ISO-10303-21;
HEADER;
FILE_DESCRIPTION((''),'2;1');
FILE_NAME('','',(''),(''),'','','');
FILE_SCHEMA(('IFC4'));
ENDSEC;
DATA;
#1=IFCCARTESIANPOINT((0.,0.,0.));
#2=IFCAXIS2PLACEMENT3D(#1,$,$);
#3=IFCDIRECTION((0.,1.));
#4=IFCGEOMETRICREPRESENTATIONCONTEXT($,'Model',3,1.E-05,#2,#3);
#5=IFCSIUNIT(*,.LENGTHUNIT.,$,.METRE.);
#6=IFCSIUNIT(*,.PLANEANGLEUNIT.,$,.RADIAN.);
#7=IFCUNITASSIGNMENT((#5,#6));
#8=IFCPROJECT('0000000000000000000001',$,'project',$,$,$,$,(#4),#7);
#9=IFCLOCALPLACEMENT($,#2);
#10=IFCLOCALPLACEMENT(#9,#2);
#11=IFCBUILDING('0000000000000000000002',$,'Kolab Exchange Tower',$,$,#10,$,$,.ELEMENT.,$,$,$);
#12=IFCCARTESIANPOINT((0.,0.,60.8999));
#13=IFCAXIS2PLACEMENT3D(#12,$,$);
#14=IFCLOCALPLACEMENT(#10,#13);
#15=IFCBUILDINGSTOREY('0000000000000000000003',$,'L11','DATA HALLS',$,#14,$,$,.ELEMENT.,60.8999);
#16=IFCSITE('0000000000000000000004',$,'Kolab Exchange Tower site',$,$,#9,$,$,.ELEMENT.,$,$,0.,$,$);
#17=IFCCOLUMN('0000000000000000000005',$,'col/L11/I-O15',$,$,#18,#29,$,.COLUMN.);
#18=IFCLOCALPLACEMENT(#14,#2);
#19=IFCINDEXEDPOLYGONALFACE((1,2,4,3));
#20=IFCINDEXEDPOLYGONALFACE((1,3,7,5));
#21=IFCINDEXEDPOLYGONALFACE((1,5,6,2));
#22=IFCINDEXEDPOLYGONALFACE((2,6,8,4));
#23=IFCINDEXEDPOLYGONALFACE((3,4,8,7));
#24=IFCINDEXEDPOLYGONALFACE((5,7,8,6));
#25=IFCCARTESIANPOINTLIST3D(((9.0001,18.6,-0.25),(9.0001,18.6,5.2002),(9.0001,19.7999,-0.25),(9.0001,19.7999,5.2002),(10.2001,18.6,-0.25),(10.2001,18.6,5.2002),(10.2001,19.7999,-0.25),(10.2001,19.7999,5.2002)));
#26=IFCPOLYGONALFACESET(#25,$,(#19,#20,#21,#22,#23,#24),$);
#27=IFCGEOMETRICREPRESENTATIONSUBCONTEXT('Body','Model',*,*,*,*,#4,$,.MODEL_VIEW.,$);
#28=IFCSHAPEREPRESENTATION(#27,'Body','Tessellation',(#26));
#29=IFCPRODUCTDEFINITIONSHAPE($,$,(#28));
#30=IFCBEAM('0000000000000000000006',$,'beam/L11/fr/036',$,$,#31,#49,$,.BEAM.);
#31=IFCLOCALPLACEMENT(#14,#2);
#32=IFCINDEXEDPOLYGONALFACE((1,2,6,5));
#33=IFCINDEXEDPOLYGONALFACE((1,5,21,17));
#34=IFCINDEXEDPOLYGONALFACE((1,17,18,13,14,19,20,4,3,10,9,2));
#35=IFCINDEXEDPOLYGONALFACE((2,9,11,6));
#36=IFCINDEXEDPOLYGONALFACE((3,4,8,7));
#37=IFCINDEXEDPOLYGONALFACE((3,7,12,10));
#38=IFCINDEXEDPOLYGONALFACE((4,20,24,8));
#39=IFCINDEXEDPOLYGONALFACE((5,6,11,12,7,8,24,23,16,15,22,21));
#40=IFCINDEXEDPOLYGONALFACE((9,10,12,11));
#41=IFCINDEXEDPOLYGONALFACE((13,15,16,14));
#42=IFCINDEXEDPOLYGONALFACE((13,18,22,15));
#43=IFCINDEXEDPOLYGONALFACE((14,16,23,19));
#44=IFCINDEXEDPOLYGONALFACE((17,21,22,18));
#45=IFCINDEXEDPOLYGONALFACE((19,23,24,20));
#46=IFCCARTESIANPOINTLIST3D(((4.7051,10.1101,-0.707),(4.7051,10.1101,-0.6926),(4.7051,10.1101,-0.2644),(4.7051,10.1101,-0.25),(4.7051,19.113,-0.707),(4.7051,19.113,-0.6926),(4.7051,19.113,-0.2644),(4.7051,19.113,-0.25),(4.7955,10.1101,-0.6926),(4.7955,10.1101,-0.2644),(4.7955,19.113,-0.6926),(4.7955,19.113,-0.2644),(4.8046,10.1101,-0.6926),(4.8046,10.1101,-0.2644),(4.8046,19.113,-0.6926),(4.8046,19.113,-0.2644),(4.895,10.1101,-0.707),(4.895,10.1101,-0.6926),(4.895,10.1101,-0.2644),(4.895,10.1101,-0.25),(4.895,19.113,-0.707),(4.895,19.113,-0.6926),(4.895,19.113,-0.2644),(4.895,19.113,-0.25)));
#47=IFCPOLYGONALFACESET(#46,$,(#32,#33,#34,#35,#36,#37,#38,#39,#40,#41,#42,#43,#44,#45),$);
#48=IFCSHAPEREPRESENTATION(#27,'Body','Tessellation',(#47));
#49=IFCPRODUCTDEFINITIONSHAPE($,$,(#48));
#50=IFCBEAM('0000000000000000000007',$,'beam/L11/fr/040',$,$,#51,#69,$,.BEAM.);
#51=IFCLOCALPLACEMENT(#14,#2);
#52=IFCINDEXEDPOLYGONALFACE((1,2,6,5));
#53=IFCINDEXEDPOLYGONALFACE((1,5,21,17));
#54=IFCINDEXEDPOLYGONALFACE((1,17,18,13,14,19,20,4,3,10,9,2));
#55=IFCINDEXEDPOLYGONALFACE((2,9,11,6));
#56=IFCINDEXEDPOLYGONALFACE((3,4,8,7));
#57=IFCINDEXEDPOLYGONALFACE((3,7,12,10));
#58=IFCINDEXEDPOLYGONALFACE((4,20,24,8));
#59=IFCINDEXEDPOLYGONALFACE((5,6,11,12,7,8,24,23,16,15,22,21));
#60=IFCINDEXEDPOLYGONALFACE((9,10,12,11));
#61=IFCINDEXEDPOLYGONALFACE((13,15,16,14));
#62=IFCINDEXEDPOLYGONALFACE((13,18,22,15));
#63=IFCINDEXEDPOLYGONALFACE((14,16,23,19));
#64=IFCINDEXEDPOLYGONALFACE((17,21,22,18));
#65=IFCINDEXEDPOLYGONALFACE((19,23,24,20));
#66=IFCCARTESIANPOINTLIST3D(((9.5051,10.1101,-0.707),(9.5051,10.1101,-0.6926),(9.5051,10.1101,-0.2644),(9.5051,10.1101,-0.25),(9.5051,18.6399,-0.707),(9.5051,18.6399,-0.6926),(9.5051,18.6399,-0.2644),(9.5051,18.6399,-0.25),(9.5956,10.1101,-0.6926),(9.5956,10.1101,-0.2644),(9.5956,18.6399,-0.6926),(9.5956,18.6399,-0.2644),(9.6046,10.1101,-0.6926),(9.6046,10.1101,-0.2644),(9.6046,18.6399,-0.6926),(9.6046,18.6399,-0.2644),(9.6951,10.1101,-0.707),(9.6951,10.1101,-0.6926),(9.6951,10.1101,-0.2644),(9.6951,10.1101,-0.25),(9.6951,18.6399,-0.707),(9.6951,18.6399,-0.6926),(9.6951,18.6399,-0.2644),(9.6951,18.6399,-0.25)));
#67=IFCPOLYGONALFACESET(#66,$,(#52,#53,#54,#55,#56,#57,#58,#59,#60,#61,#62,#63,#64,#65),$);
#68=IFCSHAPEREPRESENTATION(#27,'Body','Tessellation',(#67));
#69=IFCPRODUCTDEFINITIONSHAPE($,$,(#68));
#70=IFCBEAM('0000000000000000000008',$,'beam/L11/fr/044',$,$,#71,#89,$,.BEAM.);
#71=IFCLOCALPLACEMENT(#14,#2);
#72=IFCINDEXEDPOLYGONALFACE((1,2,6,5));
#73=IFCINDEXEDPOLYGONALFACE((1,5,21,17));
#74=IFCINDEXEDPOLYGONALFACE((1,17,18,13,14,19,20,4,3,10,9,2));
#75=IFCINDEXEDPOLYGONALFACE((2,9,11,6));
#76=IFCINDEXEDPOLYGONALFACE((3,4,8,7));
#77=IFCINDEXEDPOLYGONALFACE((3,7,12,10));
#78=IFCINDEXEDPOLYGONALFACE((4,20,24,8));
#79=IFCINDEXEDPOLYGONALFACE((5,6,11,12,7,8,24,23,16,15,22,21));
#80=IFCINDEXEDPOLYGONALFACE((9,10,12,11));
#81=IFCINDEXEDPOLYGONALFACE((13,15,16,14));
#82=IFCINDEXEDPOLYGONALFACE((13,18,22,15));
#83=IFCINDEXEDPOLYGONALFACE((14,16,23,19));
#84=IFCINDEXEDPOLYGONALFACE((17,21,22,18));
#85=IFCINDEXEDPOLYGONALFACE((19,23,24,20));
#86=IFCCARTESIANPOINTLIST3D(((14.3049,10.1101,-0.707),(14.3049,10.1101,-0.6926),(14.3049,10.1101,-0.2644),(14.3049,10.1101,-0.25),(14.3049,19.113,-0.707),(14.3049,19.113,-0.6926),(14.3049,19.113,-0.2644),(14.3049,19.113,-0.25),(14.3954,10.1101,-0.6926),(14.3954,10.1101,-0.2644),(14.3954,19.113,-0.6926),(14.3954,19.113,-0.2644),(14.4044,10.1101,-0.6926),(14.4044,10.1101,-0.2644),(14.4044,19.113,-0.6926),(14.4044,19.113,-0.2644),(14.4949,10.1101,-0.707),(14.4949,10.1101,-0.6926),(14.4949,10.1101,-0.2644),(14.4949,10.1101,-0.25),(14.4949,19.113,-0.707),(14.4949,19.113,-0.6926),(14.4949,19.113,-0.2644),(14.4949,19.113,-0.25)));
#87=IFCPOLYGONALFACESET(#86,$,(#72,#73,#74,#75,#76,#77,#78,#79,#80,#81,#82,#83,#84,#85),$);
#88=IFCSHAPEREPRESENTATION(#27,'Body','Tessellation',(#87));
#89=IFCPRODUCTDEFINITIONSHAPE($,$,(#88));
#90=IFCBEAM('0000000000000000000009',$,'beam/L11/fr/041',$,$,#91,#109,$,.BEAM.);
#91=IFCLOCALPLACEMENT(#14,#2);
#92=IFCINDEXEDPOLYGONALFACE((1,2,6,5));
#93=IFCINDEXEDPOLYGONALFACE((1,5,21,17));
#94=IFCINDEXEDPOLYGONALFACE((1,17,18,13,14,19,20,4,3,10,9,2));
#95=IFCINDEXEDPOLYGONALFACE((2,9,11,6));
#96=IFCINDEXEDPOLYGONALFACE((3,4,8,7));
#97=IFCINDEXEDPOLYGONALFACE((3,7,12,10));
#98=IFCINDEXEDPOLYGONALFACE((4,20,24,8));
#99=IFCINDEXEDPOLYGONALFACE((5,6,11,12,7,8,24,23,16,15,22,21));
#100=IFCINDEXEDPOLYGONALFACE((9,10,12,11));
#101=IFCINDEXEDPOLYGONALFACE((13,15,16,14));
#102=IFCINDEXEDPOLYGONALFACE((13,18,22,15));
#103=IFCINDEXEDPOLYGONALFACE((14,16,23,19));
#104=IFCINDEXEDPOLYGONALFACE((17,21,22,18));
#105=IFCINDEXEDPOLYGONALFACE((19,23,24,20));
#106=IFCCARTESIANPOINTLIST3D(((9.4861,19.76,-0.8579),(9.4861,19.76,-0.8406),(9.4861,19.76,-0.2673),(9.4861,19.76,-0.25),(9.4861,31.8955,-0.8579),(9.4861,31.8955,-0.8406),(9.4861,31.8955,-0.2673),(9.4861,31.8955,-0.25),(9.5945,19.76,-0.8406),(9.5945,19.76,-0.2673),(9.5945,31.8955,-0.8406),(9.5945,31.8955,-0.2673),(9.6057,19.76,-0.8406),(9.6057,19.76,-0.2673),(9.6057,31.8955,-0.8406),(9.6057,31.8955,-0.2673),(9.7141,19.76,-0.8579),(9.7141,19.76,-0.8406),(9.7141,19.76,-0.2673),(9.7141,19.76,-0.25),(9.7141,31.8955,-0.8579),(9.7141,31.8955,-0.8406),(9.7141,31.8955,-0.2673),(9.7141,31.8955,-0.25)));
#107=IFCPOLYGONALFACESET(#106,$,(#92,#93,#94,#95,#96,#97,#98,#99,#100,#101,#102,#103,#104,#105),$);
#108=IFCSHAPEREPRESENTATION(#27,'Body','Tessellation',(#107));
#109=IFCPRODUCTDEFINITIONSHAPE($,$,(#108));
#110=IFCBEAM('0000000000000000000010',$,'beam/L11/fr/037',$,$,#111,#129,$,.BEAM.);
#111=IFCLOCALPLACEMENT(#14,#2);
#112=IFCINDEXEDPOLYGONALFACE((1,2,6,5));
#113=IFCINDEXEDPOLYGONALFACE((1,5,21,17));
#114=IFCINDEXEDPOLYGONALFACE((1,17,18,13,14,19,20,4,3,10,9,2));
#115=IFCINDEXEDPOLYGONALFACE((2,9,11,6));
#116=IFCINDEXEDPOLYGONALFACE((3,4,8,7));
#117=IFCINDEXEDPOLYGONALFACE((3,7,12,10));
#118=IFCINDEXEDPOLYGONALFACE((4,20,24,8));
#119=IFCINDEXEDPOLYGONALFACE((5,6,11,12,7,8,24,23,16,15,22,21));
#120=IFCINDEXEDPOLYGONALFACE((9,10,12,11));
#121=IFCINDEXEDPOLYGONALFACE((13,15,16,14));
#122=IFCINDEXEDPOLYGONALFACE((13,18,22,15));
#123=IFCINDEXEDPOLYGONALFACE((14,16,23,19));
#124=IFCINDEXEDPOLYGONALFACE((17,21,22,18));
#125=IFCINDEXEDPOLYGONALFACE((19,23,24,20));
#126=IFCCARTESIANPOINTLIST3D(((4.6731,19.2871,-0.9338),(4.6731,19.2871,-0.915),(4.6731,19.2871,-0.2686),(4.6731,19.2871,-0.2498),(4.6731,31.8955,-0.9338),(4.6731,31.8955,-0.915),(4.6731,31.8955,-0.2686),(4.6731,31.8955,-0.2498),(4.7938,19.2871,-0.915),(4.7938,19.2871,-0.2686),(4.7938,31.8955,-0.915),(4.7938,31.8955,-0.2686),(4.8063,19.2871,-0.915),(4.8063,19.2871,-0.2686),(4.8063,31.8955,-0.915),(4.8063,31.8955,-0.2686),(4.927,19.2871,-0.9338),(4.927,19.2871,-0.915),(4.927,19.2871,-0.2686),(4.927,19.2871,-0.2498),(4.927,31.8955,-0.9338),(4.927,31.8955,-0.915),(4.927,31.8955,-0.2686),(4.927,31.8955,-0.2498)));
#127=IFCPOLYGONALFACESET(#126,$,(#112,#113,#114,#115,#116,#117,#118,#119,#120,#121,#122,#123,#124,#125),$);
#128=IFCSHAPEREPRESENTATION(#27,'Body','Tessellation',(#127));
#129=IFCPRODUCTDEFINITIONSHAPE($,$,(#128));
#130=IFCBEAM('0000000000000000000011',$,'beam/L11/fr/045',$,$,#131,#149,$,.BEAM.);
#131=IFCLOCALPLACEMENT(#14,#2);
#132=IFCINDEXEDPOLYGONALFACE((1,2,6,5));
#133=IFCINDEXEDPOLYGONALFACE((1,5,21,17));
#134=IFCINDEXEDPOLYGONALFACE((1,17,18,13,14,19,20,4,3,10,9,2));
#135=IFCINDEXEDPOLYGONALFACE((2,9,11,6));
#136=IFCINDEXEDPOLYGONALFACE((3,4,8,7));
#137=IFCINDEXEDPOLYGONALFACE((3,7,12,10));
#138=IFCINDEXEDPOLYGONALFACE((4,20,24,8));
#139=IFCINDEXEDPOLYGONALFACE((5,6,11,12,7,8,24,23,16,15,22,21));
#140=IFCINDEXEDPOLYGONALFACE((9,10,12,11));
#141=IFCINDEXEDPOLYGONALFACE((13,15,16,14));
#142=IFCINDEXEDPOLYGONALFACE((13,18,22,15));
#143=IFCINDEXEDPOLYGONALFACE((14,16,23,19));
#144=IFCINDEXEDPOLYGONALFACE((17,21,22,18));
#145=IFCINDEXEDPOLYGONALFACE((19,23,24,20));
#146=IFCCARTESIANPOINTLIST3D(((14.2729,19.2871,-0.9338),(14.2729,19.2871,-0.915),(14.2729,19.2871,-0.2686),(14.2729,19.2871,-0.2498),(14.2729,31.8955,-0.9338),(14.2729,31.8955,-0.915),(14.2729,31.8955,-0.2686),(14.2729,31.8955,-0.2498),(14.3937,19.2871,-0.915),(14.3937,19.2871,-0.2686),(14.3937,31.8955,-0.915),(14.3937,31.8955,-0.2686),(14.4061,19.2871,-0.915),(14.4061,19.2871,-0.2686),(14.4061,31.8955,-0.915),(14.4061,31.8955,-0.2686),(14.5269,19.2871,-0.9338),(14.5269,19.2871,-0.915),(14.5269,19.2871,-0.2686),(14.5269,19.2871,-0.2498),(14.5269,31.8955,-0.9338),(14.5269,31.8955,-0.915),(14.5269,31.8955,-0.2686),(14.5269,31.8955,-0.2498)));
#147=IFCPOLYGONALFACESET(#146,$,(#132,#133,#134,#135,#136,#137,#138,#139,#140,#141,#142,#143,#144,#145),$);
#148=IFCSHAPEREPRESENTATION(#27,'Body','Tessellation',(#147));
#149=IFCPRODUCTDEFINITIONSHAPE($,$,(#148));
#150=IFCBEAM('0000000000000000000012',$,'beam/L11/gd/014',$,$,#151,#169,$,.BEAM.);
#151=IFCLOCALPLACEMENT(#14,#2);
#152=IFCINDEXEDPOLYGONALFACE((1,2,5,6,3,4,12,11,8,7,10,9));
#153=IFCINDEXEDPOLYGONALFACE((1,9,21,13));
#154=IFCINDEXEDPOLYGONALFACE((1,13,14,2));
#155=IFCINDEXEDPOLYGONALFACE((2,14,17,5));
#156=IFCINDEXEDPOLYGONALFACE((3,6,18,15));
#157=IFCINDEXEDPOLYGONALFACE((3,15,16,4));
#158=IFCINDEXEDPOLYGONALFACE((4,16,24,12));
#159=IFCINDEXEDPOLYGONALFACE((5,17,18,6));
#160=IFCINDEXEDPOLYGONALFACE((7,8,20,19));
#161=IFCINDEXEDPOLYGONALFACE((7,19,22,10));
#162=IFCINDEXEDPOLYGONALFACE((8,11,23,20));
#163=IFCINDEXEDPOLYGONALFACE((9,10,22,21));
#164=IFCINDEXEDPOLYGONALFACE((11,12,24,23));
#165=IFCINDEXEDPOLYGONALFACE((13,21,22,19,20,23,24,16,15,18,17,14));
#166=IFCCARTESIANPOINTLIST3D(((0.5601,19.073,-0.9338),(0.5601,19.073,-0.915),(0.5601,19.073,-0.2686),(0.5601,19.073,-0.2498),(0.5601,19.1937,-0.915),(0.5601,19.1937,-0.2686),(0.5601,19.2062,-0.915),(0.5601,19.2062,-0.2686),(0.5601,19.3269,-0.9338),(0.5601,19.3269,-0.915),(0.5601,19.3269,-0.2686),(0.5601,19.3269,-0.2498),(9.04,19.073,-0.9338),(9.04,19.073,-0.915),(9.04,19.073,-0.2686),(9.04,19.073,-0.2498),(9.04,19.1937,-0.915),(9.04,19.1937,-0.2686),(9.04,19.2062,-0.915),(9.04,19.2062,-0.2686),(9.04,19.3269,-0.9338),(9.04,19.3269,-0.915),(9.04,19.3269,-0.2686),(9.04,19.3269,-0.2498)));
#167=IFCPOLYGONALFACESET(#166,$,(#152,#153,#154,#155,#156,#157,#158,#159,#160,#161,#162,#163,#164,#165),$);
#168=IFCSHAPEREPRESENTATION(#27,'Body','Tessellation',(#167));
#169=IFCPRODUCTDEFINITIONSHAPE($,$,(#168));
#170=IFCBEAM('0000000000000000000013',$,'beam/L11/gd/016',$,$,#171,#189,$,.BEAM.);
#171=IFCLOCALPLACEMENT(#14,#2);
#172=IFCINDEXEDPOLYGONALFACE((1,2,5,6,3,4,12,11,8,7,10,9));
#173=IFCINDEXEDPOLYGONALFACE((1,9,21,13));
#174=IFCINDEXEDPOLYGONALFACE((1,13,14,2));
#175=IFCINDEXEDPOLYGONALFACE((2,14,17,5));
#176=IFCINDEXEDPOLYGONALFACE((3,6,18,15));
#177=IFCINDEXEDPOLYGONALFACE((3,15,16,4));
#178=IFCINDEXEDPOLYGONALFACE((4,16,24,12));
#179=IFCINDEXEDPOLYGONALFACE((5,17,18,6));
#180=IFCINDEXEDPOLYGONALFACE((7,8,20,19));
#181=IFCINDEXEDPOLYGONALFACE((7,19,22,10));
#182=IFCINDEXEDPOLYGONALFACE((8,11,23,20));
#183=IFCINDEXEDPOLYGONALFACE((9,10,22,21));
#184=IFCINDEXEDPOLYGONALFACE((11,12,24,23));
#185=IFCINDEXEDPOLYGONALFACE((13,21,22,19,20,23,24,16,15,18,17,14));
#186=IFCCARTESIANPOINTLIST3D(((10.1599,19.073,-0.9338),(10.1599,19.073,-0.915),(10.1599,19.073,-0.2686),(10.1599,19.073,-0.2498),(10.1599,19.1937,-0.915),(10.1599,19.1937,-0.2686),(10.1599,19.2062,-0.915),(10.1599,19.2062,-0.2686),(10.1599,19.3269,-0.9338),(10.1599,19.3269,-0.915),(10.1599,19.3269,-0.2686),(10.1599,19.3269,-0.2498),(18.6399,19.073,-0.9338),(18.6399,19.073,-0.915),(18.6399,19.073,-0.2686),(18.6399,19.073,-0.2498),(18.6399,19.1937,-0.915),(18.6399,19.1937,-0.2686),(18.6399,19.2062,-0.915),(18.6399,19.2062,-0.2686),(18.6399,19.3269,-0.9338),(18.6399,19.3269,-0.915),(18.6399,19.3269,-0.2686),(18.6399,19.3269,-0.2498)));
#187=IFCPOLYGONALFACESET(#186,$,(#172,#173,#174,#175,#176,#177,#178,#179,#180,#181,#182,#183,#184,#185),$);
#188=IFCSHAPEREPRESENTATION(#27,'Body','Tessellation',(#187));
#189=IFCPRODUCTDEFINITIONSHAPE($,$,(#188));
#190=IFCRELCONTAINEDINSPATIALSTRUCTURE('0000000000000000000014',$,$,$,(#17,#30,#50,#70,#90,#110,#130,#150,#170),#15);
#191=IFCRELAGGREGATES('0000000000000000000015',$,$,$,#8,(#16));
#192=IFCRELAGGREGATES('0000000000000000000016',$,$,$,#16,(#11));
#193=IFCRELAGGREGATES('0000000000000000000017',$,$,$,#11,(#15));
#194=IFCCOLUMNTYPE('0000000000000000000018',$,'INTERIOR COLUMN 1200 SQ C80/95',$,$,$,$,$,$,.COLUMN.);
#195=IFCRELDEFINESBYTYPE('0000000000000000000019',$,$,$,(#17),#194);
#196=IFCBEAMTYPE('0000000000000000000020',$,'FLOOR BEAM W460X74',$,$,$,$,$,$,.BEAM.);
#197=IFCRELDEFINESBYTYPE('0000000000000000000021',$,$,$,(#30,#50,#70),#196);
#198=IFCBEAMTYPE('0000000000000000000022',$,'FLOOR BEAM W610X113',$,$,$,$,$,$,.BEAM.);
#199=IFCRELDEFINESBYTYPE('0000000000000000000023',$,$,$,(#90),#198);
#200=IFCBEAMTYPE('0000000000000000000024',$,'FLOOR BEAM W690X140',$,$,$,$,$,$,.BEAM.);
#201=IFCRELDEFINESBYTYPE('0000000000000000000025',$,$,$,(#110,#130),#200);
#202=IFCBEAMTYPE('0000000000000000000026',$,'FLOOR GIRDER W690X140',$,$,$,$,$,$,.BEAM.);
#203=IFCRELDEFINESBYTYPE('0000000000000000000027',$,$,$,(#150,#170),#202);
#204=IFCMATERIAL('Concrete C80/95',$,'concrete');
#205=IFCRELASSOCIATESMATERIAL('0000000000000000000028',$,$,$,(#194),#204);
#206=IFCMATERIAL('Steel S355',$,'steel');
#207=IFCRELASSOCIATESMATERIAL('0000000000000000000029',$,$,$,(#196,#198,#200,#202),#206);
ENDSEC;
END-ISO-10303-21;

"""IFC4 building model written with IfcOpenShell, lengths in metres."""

from ifc_helpers import new_model, si_unit, direction, frame, origin, origin_2d, place, context, subcontext, project, spatial, rectangle, i_section, extrude, material, material_profile, profile_set, type_object, element, save


model = new_model("IFC4")

# Units and contexts
model_context = context("Model", 3, precision=1e-05, world=origin(), true_north=direction((0.0, 1.0)))
body_context = subcontext(model_context, "Body", "Model", "MODEL_VIEW")
ifc_project = project(units=[si_unit("LENGTHUNIT", "METRE"), si_unit("PLANEANGLEUNIT", "RADIAN")], contexts=[model_context])

# Site, building, storey
site_placement = place(None, origin())
site = spatial("IfcSite", under=ifc_project, at=site_placement, Name="Kolab Exchange Tower site", CompositionType="ELEMENT", RefElevation=0.0)
building_placement = place(site_placement, origin())
building = spatial("IfcBuilding", under=site, at=building_placement, Name="Kolab Exchange Tower", CompositionType="ELEMENT")
storey_placement = place(building_placement, frame((0.0, 0.0, 60.8999)))
storey = spatial("IfcBuildingStorey", under=building, at=storey_placement, Name="L11", Description="DATA HALLS", CompositionType="ELEMENT", Elevation=60.8999)

# Column
ifc_material_1 = material(Name="Concrete C80/95", Category="concrete")
ifc_material_profile_1 = material_profile(ifc_material_1, rectangle(XDim=1.2, YDim=1.2, at=origin_2d()), Name="RC1200")
ifc_profile_set_1 = profile_set([ifc_material_profile_1], Name="Concrete C80/95")
column_type = type_object("IfcColumnType", Name="INTERIOR COLUMN 1200 SQ C80/95", PredefinedType="COLUMN", material=ifc_profile_set_1)
column_placement = place(storey_placement, frame((9.6001, 19.2, -0.25), z_axis=(0.0, 0.0, 1.0), x_axis=(1.0, 0.0, 0.0)))
element("IfcColumn", 1, at=column_placement, inside=storey, type_object=column_type, Name="col/L11/I-O15", PredefinedType="COLUMN", context=body_context, shape_type="SweptSolid", body=[
    extrude(rectangle(XDim=1.2, YDim=1.2, at=origin_2d()), origin(), (0.0, 0.0, 1.0), 5.4502),
])

# Beams
ifc_material_2 = material(Name="Steel S355", Category="steel")
ifc_material_profile_2 = material_profile(ifc_material_2, i_section(OverallWidth=0.1899, OverallDepth=0.457, WebThickness=0.009, FlangeThickness=0.0144, at=origin_2d()), Name="W460X74")
ifc_profile_set_2 = profile_set([ifc_material_profile_2], Name="Steel S355")
beam_type_1 = type_object("IfcBeamType", Name="FLOOR BEAM W460X74", PredefinedType="BEAM", material=ifc_profile_set_2)
beam_1_placement = place(storey_placement, frame((4.8, 10.1101, -0.4785), z_axis=(0.0, 1.0, 0.0), x_axis=(-1.0, 0.0, 0.0)))
element("IfcBeam", 2, at=beam_1_placement, inside=storey, type_object=beam_type_1, Name="beam/L11/fr/036", PredefinedType="BEAM", context=body_context, shape_type="SweptSolid", body=[
    extrude(i_section(OverallWidth=0.1899, OverallDepth=0.457, WebThickness=0.009, FlangeThickness=0.0144, at=origin_2d()), origin(), (0.0, 0.0, 1.0), 9.0029),
])
beam_2_placement = place(storey_placement, frame((9.6001, 10.1101, -0.4785), z_axis=(0.0, 1.0, 0.0), x_axis=(-1.0, 0.0, 0.0)))
element("IfcBeam", 3, at=beam_2_placement, inside=storey, type_object=beam_type_1, Name="beam/L11/fr/040", PredefinedType="BEAM", context=body_context, shape_type="SweptSolid", body=[
    extrude(i_section(OverallWidth=0.1899, OverallDepth=0.457, WebThickness=0.009, FlangeThickness=0.0144, at=origin_2d()), origin(), (0.0, 0.0, 1.0), 8.5298),
])
beam_3_placement = place(storey_placement, frame((14.3999, 10.1101, -0.4785), z_axis=(0.0, 1.0, 0.0), x_axis=(-1.0, 0.0, 0.0)))
element("IfcBeam", 4, at=beam_3_placement, inside=storey, type_object=beam_type_1, Name="beam/L11/fr/044", PredefinedType="BEAM", context=body_context, shape_type="SweptSolid", body=[
    extrude(i_section(OverallWidth=0.1899, OverallDepth=0.457, WebThickness=0.009, FlangeThickness=0.0144, at=origin_2d()), origin(), (0.0, 0.0, 1.0), 9.0029),
])
ifc_material_profile_3 = material_profile(ifc_material_2, i_section(OverallWidth=0.228, OverallDepth=0.6079, WebThickness=0.0112, FlangeThickness=0.0173, at=origin_2d()), Name="W610X113")
ifc_profile_set_3 = profile_set([ifc_material_profile_3], Name="Steel S355")
beam_type_2 = type_object("IfcBeamType", Name="FLOOR BEAM W610X113", PredefinedType="BEAM", material=ifc_profile_set_3)
beam_4_placement = place(storey_placement, frame((9.6001, 19.76, -0.554), z_axis=(0.0, 1.0, 0.0), x_axis=(-1.0, 0.0, 0.0)))
element("IfcBeam", 5, at=beam_4_placement, inside=storey, type_object=beam_type_2, Name="beam/L11/fr/041", PredefinedType="BEAM", context=body_context, shape_type="SweptSolid", body=[
    extrude(i_section(OverallWidth=0.228, OverallDepth=0.6079, WebThickness=0.0112, FlangeThickness=0.0173, at=origin_2d()), origin(), (0.0, 0.0, 1.0), 12.1355),
])
ifc_material_profile_4 = material_profile(ifc_material_2, i_section(OverallWidth=0.2539, OverallDepth=0.6841, WebThickness=0.0125, FlangeThickness=0.0188, at=origin_2d()), Name="W690X140")
ifc_profile_set_4 = profile_set([ifc_material_profile_4], Name="Steel S355")
beam_type_3 = type_object("IfcBeamType", Name="FLOOR BEAM W690X140", PredefinedType="BEAM", material=ifc_profile_set_4)
for number, where, z_axis, x_axis, name in (
    (6, (4.8, 19.2871, -0.5918), (0.0, 1.0, 0.0), (-1.0, 0.0, 0.0), "beam/L11/fr/037"),
    (7, (14.3999, 19.2871, -0.5918), (0.0, 1.0, 0.0), (-1.0, 0.0, 0.0), "beam/L11/fr/045"),
):
    element("IfcBeam", number, at=place(storey_placement, frame(where, z_axis=z_axis, x_axis=x_axis)), inside=storey, type_object=beam_type_3, Name=name, PredefinedType="BEAM", context=body_context, shape_type="SweptSolid", body=[
        extrude(i_section(OverallWidth=0.2539, OverallDepth=0.6841, WebThickness=0.0125, FlangeThickness=0.0188, at=origin_2d()), origin(), (0.0, 0.0, 1.0), 12.6084),
    ])
ifc_material_profile_5 = material_profile(ifc_material_2, i_section(OverallWidth=0.2539, OverallDepth=0.6841, WebThickness=0.0125, FlangeThickness=0.0188, at=origin_2d()), Name="W690X140")
ifc_profile_set_5 = profile_set([ifc_material_profile_5], Name="Steel S355")
beam_type_4 = type_object("IfcBeamType", Name="FLOOR GIRDER W690X140", PredefinedType="BEAM", material=ifc_profile_set_5)
for number, where, z_axis, x_axis, name in (
    (8, (0.5601, 19.2, -0.5918), (1.0, 0.0, 0.0), (0.0, 1.0, 0.0), "beam/L11/gd/014"),
    (9, (10.1599, 19.2, -0.5918), (1.0, 0.0, 0.0), (0.0, 1.0, 0.0), "beam/L11/gd/016"),
):
    element("IfcBeam", number, at=place(storey_placement, frame(where, z_axis=z_axis, x_axis=x_axis)), inside=storey, type_object=beam_type_4, Name=name, PredefinedType="BEAM", context=body_context, shape_type="SweptSolid", body=[
        extrude(i_section(OverallWidth=0.2539, OverallDepth=0.6841, WebThickness=0.0125, FlangeThickness=0.0188, at=origin_2d()), origin(), (0.0, 0.0, 1.0), 8.48),
    ])

save(model, "model.ifc")
